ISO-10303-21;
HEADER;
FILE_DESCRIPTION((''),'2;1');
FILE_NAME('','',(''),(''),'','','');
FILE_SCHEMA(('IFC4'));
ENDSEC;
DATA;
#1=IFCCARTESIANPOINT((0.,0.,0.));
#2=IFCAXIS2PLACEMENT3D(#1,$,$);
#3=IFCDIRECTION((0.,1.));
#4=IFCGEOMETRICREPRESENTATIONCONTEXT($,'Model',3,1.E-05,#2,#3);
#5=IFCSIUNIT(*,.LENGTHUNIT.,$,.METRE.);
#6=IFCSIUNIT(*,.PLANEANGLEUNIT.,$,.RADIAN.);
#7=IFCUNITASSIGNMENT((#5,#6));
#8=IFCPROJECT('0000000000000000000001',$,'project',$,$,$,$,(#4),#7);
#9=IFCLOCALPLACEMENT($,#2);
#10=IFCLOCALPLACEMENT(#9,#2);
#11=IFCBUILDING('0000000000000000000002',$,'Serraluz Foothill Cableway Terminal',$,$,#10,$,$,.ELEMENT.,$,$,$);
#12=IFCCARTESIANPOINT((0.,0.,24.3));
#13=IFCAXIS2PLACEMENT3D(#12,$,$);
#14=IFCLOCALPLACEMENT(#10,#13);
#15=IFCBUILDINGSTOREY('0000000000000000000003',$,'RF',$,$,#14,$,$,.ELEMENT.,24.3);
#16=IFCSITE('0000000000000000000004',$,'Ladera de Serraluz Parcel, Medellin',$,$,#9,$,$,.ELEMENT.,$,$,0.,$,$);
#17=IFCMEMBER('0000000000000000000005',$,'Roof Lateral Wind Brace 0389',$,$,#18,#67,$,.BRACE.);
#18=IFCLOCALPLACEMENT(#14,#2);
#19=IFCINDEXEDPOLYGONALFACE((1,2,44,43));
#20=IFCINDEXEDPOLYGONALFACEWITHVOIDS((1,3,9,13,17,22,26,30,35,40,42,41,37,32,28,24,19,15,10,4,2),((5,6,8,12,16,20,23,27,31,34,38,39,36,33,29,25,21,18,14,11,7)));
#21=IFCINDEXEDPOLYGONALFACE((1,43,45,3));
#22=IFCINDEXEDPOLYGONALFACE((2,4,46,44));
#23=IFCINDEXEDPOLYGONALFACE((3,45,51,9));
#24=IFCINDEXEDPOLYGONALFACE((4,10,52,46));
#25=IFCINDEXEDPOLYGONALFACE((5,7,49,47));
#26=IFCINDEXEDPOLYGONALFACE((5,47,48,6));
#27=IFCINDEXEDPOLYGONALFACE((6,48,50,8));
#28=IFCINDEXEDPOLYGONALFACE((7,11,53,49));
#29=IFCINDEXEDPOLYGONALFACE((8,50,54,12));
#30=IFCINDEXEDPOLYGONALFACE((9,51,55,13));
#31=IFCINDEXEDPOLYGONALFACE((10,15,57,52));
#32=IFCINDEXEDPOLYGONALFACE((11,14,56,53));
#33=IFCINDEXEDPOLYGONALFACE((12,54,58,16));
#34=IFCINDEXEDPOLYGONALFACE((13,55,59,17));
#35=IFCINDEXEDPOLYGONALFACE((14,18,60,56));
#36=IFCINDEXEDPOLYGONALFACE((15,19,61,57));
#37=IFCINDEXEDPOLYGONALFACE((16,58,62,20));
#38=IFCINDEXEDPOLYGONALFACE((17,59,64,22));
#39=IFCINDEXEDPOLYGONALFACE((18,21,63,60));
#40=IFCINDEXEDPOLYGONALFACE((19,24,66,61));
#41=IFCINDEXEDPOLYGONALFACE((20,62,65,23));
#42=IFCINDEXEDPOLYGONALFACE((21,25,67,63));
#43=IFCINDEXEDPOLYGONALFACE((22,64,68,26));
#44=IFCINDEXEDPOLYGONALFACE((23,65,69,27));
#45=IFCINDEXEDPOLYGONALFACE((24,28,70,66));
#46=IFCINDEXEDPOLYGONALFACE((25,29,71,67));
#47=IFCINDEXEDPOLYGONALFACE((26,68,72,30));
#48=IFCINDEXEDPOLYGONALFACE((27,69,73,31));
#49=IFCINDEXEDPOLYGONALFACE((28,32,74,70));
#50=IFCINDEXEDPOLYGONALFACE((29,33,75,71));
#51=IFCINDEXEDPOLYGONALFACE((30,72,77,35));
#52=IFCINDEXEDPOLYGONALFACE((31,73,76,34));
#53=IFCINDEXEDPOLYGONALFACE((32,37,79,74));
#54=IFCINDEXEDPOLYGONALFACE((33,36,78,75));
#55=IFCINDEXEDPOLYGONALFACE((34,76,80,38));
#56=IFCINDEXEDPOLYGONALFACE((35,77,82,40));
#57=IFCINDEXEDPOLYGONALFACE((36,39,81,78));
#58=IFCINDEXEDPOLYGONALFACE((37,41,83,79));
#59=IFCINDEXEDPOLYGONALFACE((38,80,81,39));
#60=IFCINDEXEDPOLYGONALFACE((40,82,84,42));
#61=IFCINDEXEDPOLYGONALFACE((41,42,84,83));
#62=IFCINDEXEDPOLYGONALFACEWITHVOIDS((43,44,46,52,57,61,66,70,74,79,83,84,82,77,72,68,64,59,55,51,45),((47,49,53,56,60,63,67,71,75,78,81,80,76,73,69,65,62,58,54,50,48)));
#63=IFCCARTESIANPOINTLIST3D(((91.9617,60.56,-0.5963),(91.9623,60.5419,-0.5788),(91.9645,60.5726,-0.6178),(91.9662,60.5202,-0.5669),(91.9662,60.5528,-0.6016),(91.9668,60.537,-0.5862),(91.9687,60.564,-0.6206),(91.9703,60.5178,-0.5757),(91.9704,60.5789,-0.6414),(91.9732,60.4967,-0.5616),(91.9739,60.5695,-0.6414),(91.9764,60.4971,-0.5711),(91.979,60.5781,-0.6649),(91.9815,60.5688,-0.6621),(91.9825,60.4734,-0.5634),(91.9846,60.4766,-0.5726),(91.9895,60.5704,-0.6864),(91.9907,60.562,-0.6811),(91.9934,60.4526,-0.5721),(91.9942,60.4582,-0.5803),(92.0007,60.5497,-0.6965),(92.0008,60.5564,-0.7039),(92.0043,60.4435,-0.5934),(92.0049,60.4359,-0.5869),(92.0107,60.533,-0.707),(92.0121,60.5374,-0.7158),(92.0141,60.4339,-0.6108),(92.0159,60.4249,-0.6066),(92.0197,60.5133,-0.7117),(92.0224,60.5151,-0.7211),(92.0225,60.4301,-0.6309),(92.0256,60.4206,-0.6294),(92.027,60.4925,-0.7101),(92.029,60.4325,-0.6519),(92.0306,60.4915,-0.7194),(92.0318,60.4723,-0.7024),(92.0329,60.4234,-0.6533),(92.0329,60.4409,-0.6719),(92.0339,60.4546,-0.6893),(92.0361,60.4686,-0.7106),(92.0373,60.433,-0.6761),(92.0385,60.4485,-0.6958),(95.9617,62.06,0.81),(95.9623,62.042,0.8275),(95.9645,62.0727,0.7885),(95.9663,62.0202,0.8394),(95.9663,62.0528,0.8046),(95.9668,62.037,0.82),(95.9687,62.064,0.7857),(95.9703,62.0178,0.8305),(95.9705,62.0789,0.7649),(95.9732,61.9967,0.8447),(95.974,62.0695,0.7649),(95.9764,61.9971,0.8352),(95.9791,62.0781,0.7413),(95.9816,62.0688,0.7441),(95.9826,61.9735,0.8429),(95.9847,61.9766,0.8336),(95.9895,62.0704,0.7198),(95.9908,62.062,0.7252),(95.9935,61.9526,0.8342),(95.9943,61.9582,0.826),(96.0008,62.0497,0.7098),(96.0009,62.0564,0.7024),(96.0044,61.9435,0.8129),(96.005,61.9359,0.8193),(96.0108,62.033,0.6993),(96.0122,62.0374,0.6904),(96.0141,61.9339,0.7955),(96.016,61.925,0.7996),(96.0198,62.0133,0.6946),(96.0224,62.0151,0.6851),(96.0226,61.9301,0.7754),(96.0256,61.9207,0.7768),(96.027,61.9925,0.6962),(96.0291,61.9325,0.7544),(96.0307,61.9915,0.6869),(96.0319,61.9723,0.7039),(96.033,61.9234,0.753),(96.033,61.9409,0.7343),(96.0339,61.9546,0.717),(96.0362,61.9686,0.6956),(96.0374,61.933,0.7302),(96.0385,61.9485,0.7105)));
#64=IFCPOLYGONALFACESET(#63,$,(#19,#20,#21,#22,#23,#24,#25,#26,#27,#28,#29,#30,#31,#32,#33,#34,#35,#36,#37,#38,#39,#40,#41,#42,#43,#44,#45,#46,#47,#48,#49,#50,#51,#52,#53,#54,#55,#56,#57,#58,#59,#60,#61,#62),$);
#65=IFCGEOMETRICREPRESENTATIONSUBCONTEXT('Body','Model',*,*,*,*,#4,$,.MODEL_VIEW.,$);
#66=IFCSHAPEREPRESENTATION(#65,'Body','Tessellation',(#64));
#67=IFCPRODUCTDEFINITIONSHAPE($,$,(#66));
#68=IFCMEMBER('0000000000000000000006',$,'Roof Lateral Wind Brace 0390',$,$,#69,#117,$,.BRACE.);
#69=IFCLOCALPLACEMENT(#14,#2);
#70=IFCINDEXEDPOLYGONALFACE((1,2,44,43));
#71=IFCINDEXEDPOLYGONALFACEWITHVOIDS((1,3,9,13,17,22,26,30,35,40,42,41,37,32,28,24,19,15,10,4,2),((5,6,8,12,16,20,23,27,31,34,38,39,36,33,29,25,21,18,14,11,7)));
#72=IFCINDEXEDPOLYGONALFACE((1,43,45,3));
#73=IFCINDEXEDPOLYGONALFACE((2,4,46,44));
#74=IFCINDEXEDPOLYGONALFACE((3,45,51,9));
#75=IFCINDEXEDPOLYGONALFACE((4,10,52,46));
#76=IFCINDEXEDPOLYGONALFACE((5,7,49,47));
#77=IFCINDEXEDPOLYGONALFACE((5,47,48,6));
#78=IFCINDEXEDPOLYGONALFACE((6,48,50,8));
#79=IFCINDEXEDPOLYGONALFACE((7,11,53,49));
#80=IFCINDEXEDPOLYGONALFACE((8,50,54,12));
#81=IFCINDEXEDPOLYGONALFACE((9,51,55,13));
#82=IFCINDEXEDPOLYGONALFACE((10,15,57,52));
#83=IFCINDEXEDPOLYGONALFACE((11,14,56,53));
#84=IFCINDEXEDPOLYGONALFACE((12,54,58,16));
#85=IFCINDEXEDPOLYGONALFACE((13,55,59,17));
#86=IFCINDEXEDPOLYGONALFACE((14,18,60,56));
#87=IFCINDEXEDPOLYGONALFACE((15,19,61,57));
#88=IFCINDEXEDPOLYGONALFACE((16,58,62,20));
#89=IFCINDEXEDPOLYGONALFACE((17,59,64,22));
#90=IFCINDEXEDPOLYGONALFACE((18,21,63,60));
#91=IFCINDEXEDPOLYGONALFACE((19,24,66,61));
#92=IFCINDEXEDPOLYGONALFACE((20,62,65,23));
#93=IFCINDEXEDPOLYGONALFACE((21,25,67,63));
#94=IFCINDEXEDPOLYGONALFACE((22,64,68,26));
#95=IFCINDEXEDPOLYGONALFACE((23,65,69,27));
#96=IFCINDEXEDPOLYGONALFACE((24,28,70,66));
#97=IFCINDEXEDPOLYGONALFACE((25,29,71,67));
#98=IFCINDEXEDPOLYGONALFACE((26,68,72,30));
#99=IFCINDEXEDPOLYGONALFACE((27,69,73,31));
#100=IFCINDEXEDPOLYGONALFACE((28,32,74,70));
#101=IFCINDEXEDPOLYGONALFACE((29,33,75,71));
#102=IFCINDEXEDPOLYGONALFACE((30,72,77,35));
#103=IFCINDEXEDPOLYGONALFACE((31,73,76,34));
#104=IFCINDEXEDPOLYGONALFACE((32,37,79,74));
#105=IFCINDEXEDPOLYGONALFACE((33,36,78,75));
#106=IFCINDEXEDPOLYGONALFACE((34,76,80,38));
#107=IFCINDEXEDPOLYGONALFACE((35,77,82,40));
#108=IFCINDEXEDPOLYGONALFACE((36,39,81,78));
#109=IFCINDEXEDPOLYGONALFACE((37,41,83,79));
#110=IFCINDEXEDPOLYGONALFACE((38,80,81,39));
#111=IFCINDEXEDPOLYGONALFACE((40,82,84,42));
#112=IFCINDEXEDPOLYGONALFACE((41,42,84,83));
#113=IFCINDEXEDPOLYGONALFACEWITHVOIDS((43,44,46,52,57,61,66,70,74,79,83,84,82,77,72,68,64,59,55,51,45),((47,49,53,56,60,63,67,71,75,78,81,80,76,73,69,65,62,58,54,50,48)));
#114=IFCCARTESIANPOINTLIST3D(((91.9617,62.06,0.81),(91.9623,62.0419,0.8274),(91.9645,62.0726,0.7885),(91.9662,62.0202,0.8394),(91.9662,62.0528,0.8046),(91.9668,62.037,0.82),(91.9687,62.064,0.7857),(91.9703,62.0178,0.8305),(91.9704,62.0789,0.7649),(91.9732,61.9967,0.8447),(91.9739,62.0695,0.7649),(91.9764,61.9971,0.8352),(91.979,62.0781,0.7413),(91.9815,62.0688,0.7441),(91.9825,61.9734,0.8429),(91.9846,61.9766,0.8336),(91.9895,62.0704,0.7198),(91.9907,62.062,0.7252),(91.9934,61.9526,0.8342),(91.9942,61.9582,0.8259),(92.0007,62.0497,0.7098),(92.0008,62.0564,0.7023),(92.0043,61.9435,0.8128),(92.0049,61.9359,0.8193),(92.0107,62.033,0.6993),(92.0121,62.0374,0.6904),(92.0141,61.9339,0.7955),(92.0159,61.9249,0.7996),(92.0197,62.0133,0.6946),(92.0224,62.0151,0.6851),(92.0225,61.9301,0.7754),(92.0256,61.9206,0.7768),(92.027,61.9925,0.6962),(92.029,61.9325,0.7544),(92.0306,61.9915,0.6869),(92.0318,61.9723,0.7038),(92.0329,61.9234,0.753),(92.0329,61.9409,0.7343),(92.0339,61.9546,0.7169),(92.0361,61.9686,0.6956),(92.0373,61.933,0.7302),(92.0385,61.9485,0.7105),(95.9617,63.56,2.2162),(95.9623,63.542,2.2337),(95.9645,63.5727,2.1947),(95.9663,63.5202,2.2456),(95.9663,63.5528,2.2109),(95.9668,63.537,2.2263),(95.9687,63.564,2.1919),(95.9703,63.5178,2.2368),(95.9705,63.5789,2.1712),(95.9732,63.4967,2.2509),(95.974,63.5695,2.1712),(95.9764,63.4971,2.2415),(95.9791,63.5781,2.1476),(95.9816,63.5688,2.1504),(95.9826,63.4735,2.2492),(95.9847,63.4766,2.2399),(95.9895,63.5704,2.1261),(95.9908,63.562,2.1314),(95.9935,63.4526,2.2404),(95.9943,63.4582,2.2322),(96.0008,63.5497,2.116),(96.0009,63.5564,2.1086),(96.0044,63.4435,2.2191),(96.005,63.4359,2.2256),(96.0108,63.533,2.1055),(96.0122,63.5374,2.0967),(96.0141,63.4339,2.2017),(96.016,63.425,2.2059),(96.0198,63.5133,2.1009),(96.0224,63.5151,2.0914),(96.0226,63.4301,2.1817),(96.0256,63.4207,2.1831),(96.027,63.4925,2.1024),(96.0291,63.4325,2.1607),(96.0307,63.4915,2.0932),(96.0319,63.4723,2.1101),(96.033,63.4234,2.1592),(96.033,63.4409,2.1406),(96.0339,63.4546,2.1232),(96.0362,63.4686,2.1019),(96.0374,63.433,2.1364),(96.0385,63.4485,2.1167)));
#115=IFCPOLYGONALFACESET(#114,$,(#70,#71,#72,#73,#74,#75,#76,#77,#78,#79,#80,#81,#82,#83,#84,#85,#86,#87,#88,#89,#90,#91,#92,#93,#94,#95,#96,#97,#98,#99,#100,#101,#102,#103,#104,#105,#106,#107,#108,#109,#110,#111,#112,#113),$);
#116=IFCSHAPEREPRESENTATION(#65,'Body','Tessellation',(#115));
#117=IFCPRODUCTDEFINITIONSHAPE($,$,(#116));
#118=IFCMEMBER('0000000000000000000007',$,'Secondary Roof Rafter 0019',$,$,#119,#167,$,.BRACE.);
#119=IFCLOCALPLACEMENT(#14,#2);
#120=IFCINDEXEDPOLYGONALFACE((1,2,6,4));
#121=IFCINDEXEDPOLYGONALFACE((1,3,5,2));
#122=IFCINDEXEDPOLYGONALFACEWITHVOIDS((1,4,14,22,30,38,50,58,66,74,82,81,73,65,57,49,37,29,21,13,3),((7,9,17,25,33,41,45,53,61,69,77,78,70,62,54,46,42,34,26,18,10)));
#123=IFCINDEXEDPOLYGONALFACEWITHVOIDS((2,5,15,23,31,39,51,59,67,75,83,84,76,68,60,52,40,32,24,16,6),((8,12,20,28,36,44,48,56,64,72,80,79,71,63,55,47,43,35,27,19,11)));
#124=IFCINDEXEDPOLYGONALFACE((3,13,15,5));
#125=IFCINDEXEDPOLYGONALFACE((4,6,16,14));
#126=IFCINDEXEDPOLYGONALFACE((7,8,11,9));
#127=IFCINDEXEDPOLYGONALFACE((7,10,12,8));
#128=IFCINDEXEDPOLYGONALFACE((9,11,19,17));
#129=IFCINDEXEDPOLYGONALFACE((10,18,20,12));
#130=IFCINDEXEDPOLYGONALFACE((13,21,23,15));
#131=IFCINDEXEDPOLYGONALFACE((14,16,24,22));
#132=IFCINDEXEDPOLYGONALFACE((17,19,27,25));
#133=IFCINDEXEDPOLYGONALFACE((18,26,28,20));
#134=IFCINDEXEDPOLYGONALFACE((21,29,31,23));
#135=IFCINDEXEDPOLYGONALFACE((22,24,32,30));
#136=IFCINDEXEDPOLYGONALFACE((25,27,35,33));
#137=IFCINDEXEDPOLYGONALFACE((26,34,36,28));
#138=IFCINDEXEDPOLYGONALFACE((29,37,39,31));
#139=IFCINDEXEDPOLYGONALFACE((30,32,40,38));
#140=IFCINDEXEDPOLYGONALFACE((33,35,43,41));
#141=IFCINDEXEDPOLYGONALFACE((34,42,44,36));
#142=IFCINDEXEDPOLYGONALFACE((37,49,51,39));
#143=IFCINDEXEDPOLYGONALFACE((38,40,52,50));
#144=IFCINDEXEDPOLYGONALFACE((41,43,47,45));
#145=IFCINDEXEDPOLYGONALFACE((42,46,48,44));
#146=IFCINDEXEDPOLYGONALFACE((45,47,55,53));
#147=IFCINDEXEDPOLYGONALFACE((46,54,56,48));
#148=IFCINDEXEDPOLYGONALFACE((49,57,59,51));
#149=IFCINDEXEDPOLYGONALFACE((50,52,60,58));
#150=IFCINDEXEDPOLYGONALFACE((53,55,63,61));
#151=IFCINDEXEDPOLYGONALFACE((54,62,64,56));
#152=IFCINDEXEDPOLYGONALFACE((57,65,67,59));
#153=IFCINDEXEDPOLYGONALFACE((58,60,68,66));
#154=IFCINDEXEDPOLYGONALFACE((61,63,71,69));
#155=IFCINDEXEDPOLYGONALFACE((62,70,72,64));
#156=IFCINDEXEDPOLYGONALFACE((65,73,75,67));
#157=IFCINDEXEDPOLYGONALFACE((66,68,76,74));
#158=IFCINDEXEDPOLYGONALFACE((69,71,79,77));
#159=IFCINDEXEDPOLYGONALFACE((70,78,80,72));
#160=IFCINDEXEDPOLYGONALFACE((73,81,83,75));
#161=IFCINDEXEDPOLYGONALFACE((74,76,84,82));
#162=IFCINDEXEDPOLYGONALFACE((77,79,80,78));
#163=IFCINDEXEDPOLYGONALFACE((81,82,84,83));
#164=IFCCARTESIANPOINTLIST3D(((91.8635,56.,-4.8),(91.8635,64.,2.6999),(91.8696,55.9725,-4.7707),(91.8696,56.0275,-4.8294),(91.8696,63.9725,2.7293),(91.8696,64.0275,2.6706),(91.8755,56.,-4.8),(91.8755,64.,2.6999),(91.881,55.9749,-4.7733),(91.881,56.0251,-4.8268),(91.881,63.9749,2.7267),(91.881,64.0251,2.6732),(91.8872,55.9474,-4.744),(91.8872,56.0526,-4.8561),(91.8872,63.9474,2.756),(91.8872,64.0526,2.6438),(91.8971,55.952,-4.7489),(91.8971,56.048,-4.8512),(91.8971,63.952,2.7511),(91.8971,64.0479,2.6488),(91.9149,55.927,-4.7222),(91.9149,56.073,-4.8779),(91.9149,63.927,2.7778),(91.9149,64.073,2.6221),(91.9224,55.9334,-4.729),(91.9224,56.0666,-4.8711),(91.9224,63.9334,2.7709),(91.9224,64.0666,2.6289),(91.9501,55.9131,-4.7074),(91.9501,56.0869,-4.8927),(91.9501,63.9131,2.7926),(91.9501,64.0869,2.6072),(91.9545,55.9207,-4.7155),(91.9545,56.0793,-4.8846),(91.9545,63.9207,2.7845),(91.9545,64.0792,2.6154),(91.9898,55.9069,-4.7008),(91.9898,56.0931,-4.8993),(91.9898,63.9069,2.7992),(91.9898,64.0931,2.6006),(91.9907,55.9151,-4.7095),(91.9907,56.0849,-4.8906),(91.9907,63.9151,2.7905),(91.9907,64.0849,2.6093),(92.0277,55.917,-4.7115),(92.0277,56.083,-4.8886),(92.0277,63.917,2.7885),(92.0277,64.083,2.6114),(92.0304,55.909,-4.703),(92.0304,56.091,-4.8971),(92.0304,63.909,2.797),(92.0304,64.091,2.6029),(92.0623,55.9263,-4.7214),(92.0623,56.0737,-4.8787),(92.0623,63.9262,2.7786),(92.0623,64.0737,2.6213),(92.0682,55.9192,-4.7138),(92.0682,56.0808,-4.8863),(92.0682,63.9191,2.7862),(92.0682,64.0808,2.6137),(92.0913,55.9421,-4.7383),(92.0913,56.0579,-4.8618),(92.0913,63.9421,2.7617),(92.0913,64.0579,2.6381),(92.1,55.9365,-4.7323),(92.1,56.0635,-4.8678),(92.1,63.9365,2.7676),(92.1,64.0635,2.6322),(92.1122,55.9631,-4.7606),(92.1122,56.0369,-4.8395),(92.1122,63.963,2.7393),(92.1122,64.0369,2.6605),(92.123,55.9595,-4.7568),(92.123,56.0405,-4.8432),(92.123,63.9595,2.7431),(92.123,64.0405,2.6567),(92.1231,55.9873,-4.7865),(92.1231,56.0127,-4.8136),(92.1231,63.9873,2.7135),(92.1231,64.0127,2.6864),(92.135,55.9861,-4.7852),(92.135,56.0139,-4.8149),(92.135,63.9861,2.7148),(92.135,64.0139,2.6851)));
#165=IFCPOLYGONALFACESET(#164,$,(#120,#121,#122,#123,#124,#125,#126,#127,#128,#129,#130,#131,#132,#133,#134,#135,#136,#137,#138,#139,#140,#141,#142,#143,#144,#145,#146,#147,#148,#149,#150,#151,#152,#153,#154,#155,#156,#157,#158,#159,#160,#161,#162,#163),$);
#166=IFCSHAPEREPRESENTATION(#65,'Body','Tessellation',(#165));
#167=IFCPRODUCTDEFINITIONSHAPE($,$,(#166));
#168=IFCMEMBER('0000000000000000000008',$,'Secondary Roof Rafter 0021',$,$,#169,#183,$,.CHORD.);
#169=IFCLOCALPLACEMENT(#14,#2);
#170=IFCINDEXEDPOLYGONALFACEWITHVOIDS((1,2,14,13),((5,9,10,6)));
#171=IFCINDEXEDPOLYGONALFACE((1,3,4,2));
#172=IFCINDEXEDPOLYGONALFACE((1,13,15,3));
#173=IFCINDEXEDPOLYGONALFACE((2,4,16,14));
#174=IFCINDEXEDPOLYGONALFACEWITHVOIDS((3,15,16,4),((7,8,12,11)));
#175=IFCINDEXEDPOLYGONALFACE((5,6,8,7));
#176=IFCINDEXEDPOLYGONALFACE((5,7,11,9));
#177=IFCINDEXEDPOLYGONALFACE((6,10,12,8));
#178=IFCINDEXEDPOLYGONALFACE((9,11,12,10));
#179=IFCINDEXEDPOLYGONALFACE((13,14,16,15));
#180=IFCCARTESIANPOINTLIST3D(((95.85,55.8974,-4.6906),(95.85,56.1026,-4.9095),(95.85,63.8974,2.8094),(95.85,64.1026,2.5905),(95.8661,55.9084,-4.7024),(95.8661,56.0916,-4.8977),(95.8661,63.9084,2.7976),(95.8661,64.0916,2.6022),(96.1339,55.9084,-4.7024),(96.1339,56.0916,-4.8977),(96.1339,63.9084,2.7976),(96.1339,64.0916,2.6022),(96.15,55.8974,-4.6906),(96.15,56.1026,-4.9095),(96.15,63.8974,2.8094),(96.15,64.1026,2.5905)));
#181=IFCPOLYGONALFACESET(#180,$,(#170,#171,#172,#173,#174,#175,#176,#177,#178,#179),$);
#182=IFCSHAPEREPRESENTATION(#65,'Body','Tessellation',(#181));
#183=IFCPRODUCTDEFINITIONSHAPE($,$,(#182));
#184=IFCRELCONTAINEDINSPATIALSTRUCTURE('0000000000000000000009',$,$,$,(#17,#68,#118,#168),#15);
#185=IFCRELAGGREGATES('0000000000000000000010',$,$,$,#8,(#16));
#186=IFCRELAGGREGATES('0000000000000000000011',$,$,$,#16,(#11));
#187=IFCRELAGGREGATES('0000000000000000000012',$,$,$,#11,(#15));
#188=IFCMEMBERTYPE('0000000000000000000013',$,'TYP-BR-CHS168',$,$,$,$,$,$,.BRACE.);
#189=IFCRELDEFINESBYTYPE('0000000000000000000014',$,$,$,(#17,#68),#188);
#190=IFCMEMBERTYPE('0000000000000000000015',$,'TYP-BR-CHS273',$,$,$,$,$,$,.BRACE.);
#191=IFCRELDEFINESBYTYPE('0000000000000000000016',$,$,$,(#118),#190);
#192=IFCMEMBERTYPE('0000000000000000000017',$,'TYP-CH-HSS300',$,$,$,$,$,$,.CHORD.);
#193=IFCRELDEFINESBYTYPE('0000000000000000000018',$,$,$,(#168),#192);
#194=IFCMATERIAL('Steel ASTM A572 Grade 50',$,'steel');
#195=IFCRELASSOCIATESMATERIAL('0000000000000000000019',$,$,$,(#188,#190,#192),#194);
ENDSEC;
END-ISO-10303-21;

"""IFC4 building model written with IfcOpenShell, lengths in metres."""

from ifc_helpers import new_model, si_unit, direction, frame, origin, origin_2d, place, context, subcontext, project, spatial, hollow_rectangle, hollow_circle, extrude, material, material_profile, profile_set, type_object, element, save


model = new_model("IFC4")

# Units and contexts
model_context = context("Model", 3, precision=1e-05, world=origin(), true_north=direction((0.0, 1.0)))
body_context = subcontext(model_context, "Body", "Model", "MODEL_VIEW")
ifc_project = project(units=[si_unit("LENGTHUNIT", "METRE"), si_unit("PLANEANGLEUNIT", "RADIAN")], contexts=[model_context])

# Site, building, storey
site_placement = place(None, origin())
site = spatial("IfcSite", under=ifc_project, at=site_placement, Name="Ladera de Serraluz Parcel, Medellin", CompositionType="ELEMENT", RefElevation=0.0)
building_placement = place(site_placement, origin())
building = spatial("IfcBuilding", under=site, at=building_placement, Name="Serraluz Foothill Cableway Terminal", CompositionType="ELEMENT")
storey_placement = place(building_placement, frame((0.0, 0.0, 24.3)))
storey = spatial("IfcBuildingStorey", under=building, at=storey_placement, Name="RF", CompositionType="ELEMENT", Elevation=24.3)

# Members
ifc_material_1 = material(Name="Steel ASTM A572 Grade 50", Category="steel")
ifc_material_profile_1 = material_profile(ifc_material_1, hollow_circle(Radius=0.0842, WallThickness=0.01, at=origin_2d()), Name="CHS168X10")
ifc_profile_set_1 = profile_set([ifc_material_profile_1], Name="Steel ASTM A572 Grade 50")
member_type_1 = type_object("IfcMemberType", Name="TYP-BR-CHS168", PredefinedType="BRACE", material=ifc_profile_set_1)
for number, where, z_axis, x_axis, name in (
    (1, (92.0, 60.5, -0.6414), (0.889382, 0.333518, 0.312673), (-0.351123, 0.936329, 0.0), "Roof Lateral Wind Brace 0389"),
    (2, (92.0, 62.0, 0.7649), (0.889382, 0.333518, 0.312673), (-0.351123, 0.936329, 0.0), "Roof Lateral Wind Brace 0390"),
):
    element("IfcMember", number, at=place(storey_placement, frame(where, z_axis=z_axis, x_axis=x_axis)), inside=storey, type_object=member_type_1, Name=name, PredefinedType="BRACE", context=body_context, shape_type="SweptSolid", body=[
        extrude(hollow_circle(Radius=0.0842, WallThickness=0.01, at=origin_2d()), origin(), (0.0, 0.0, 1.0), 4.4976),
    ])
ifc_material_profile_2 = material_profile(ifc_material_1, hollow_circle(Radius=0.1365, WallThickness=0.012, at=origin_2d()), Name="CHS273X12")
ifc_profile_set_2 = profile_set([ifc_material_profile_2], Name="Steel ASTM A572 Grade 50")
member_type_2 = type_object("IfcMemberType", Name="TYP-BR-CHS273", PredefinedType="BRACE", material=ifc_profile_set_2)
member_1_placement = place(storey_placement, frame((92.0, 56.0, -4.8), z_axis=(0.0, 0.729537, 0.683941), x_axis=(-1.0, 0.0, 0.0)))
element("IfcMember", 3, at=member_1_placement, inside=storey, type_object=member_type_2, Name="Secondary Roof Rafter 0019", PredefinedType="BRACE", context=body_context, shape_type="SweptSolid", body=[
    extrude(hollow_circle(Radius=0.1365, WallThickness=0.012, at=origin_2d()), origin(), (0.0, 0.0, 1.0), 10.9658),
])
ifc_material_profile_3 = material_profile(ifc_material_1, hollow_rectangle(XDim=0.3, YDim=0.3, WallThickness=0.0161, at=origin_2d()), Name="HSS300X300X16")
ifc_profile_set_3 = profile_set([ifc_material_profile_3], Name="Steel ASTM A572 Grade 50")
member_type_3 = type_object("IfcMemberType", Name="TYP-CH-HSS300", PredefinedType="CHORD", material=ifc_profile_set_3)
member_2_placement = place(storey_placement, frame((96.0, 56.0, -4.8), z_axis=(0.0, 0.729537, 0.683941), x_axis=(-1.0, 0.0, 0.0)))
element("IfcMember", 4, at=member_2_placement, inside=storey, type_object=member_type_3, Name="Secondary Roof Rafter 0021", PredefinedType="CHORD", context=body_context, shape_type="SweptSolid", body=[
    extrude(hollow_rectangle(XDim=0.3, YDim=0.3, WallThickness=0.0161, at=origin_2d()), origin(), (0.0, 0.0, 1.0), 10.9658),
])

save(model, "model.ifc")
